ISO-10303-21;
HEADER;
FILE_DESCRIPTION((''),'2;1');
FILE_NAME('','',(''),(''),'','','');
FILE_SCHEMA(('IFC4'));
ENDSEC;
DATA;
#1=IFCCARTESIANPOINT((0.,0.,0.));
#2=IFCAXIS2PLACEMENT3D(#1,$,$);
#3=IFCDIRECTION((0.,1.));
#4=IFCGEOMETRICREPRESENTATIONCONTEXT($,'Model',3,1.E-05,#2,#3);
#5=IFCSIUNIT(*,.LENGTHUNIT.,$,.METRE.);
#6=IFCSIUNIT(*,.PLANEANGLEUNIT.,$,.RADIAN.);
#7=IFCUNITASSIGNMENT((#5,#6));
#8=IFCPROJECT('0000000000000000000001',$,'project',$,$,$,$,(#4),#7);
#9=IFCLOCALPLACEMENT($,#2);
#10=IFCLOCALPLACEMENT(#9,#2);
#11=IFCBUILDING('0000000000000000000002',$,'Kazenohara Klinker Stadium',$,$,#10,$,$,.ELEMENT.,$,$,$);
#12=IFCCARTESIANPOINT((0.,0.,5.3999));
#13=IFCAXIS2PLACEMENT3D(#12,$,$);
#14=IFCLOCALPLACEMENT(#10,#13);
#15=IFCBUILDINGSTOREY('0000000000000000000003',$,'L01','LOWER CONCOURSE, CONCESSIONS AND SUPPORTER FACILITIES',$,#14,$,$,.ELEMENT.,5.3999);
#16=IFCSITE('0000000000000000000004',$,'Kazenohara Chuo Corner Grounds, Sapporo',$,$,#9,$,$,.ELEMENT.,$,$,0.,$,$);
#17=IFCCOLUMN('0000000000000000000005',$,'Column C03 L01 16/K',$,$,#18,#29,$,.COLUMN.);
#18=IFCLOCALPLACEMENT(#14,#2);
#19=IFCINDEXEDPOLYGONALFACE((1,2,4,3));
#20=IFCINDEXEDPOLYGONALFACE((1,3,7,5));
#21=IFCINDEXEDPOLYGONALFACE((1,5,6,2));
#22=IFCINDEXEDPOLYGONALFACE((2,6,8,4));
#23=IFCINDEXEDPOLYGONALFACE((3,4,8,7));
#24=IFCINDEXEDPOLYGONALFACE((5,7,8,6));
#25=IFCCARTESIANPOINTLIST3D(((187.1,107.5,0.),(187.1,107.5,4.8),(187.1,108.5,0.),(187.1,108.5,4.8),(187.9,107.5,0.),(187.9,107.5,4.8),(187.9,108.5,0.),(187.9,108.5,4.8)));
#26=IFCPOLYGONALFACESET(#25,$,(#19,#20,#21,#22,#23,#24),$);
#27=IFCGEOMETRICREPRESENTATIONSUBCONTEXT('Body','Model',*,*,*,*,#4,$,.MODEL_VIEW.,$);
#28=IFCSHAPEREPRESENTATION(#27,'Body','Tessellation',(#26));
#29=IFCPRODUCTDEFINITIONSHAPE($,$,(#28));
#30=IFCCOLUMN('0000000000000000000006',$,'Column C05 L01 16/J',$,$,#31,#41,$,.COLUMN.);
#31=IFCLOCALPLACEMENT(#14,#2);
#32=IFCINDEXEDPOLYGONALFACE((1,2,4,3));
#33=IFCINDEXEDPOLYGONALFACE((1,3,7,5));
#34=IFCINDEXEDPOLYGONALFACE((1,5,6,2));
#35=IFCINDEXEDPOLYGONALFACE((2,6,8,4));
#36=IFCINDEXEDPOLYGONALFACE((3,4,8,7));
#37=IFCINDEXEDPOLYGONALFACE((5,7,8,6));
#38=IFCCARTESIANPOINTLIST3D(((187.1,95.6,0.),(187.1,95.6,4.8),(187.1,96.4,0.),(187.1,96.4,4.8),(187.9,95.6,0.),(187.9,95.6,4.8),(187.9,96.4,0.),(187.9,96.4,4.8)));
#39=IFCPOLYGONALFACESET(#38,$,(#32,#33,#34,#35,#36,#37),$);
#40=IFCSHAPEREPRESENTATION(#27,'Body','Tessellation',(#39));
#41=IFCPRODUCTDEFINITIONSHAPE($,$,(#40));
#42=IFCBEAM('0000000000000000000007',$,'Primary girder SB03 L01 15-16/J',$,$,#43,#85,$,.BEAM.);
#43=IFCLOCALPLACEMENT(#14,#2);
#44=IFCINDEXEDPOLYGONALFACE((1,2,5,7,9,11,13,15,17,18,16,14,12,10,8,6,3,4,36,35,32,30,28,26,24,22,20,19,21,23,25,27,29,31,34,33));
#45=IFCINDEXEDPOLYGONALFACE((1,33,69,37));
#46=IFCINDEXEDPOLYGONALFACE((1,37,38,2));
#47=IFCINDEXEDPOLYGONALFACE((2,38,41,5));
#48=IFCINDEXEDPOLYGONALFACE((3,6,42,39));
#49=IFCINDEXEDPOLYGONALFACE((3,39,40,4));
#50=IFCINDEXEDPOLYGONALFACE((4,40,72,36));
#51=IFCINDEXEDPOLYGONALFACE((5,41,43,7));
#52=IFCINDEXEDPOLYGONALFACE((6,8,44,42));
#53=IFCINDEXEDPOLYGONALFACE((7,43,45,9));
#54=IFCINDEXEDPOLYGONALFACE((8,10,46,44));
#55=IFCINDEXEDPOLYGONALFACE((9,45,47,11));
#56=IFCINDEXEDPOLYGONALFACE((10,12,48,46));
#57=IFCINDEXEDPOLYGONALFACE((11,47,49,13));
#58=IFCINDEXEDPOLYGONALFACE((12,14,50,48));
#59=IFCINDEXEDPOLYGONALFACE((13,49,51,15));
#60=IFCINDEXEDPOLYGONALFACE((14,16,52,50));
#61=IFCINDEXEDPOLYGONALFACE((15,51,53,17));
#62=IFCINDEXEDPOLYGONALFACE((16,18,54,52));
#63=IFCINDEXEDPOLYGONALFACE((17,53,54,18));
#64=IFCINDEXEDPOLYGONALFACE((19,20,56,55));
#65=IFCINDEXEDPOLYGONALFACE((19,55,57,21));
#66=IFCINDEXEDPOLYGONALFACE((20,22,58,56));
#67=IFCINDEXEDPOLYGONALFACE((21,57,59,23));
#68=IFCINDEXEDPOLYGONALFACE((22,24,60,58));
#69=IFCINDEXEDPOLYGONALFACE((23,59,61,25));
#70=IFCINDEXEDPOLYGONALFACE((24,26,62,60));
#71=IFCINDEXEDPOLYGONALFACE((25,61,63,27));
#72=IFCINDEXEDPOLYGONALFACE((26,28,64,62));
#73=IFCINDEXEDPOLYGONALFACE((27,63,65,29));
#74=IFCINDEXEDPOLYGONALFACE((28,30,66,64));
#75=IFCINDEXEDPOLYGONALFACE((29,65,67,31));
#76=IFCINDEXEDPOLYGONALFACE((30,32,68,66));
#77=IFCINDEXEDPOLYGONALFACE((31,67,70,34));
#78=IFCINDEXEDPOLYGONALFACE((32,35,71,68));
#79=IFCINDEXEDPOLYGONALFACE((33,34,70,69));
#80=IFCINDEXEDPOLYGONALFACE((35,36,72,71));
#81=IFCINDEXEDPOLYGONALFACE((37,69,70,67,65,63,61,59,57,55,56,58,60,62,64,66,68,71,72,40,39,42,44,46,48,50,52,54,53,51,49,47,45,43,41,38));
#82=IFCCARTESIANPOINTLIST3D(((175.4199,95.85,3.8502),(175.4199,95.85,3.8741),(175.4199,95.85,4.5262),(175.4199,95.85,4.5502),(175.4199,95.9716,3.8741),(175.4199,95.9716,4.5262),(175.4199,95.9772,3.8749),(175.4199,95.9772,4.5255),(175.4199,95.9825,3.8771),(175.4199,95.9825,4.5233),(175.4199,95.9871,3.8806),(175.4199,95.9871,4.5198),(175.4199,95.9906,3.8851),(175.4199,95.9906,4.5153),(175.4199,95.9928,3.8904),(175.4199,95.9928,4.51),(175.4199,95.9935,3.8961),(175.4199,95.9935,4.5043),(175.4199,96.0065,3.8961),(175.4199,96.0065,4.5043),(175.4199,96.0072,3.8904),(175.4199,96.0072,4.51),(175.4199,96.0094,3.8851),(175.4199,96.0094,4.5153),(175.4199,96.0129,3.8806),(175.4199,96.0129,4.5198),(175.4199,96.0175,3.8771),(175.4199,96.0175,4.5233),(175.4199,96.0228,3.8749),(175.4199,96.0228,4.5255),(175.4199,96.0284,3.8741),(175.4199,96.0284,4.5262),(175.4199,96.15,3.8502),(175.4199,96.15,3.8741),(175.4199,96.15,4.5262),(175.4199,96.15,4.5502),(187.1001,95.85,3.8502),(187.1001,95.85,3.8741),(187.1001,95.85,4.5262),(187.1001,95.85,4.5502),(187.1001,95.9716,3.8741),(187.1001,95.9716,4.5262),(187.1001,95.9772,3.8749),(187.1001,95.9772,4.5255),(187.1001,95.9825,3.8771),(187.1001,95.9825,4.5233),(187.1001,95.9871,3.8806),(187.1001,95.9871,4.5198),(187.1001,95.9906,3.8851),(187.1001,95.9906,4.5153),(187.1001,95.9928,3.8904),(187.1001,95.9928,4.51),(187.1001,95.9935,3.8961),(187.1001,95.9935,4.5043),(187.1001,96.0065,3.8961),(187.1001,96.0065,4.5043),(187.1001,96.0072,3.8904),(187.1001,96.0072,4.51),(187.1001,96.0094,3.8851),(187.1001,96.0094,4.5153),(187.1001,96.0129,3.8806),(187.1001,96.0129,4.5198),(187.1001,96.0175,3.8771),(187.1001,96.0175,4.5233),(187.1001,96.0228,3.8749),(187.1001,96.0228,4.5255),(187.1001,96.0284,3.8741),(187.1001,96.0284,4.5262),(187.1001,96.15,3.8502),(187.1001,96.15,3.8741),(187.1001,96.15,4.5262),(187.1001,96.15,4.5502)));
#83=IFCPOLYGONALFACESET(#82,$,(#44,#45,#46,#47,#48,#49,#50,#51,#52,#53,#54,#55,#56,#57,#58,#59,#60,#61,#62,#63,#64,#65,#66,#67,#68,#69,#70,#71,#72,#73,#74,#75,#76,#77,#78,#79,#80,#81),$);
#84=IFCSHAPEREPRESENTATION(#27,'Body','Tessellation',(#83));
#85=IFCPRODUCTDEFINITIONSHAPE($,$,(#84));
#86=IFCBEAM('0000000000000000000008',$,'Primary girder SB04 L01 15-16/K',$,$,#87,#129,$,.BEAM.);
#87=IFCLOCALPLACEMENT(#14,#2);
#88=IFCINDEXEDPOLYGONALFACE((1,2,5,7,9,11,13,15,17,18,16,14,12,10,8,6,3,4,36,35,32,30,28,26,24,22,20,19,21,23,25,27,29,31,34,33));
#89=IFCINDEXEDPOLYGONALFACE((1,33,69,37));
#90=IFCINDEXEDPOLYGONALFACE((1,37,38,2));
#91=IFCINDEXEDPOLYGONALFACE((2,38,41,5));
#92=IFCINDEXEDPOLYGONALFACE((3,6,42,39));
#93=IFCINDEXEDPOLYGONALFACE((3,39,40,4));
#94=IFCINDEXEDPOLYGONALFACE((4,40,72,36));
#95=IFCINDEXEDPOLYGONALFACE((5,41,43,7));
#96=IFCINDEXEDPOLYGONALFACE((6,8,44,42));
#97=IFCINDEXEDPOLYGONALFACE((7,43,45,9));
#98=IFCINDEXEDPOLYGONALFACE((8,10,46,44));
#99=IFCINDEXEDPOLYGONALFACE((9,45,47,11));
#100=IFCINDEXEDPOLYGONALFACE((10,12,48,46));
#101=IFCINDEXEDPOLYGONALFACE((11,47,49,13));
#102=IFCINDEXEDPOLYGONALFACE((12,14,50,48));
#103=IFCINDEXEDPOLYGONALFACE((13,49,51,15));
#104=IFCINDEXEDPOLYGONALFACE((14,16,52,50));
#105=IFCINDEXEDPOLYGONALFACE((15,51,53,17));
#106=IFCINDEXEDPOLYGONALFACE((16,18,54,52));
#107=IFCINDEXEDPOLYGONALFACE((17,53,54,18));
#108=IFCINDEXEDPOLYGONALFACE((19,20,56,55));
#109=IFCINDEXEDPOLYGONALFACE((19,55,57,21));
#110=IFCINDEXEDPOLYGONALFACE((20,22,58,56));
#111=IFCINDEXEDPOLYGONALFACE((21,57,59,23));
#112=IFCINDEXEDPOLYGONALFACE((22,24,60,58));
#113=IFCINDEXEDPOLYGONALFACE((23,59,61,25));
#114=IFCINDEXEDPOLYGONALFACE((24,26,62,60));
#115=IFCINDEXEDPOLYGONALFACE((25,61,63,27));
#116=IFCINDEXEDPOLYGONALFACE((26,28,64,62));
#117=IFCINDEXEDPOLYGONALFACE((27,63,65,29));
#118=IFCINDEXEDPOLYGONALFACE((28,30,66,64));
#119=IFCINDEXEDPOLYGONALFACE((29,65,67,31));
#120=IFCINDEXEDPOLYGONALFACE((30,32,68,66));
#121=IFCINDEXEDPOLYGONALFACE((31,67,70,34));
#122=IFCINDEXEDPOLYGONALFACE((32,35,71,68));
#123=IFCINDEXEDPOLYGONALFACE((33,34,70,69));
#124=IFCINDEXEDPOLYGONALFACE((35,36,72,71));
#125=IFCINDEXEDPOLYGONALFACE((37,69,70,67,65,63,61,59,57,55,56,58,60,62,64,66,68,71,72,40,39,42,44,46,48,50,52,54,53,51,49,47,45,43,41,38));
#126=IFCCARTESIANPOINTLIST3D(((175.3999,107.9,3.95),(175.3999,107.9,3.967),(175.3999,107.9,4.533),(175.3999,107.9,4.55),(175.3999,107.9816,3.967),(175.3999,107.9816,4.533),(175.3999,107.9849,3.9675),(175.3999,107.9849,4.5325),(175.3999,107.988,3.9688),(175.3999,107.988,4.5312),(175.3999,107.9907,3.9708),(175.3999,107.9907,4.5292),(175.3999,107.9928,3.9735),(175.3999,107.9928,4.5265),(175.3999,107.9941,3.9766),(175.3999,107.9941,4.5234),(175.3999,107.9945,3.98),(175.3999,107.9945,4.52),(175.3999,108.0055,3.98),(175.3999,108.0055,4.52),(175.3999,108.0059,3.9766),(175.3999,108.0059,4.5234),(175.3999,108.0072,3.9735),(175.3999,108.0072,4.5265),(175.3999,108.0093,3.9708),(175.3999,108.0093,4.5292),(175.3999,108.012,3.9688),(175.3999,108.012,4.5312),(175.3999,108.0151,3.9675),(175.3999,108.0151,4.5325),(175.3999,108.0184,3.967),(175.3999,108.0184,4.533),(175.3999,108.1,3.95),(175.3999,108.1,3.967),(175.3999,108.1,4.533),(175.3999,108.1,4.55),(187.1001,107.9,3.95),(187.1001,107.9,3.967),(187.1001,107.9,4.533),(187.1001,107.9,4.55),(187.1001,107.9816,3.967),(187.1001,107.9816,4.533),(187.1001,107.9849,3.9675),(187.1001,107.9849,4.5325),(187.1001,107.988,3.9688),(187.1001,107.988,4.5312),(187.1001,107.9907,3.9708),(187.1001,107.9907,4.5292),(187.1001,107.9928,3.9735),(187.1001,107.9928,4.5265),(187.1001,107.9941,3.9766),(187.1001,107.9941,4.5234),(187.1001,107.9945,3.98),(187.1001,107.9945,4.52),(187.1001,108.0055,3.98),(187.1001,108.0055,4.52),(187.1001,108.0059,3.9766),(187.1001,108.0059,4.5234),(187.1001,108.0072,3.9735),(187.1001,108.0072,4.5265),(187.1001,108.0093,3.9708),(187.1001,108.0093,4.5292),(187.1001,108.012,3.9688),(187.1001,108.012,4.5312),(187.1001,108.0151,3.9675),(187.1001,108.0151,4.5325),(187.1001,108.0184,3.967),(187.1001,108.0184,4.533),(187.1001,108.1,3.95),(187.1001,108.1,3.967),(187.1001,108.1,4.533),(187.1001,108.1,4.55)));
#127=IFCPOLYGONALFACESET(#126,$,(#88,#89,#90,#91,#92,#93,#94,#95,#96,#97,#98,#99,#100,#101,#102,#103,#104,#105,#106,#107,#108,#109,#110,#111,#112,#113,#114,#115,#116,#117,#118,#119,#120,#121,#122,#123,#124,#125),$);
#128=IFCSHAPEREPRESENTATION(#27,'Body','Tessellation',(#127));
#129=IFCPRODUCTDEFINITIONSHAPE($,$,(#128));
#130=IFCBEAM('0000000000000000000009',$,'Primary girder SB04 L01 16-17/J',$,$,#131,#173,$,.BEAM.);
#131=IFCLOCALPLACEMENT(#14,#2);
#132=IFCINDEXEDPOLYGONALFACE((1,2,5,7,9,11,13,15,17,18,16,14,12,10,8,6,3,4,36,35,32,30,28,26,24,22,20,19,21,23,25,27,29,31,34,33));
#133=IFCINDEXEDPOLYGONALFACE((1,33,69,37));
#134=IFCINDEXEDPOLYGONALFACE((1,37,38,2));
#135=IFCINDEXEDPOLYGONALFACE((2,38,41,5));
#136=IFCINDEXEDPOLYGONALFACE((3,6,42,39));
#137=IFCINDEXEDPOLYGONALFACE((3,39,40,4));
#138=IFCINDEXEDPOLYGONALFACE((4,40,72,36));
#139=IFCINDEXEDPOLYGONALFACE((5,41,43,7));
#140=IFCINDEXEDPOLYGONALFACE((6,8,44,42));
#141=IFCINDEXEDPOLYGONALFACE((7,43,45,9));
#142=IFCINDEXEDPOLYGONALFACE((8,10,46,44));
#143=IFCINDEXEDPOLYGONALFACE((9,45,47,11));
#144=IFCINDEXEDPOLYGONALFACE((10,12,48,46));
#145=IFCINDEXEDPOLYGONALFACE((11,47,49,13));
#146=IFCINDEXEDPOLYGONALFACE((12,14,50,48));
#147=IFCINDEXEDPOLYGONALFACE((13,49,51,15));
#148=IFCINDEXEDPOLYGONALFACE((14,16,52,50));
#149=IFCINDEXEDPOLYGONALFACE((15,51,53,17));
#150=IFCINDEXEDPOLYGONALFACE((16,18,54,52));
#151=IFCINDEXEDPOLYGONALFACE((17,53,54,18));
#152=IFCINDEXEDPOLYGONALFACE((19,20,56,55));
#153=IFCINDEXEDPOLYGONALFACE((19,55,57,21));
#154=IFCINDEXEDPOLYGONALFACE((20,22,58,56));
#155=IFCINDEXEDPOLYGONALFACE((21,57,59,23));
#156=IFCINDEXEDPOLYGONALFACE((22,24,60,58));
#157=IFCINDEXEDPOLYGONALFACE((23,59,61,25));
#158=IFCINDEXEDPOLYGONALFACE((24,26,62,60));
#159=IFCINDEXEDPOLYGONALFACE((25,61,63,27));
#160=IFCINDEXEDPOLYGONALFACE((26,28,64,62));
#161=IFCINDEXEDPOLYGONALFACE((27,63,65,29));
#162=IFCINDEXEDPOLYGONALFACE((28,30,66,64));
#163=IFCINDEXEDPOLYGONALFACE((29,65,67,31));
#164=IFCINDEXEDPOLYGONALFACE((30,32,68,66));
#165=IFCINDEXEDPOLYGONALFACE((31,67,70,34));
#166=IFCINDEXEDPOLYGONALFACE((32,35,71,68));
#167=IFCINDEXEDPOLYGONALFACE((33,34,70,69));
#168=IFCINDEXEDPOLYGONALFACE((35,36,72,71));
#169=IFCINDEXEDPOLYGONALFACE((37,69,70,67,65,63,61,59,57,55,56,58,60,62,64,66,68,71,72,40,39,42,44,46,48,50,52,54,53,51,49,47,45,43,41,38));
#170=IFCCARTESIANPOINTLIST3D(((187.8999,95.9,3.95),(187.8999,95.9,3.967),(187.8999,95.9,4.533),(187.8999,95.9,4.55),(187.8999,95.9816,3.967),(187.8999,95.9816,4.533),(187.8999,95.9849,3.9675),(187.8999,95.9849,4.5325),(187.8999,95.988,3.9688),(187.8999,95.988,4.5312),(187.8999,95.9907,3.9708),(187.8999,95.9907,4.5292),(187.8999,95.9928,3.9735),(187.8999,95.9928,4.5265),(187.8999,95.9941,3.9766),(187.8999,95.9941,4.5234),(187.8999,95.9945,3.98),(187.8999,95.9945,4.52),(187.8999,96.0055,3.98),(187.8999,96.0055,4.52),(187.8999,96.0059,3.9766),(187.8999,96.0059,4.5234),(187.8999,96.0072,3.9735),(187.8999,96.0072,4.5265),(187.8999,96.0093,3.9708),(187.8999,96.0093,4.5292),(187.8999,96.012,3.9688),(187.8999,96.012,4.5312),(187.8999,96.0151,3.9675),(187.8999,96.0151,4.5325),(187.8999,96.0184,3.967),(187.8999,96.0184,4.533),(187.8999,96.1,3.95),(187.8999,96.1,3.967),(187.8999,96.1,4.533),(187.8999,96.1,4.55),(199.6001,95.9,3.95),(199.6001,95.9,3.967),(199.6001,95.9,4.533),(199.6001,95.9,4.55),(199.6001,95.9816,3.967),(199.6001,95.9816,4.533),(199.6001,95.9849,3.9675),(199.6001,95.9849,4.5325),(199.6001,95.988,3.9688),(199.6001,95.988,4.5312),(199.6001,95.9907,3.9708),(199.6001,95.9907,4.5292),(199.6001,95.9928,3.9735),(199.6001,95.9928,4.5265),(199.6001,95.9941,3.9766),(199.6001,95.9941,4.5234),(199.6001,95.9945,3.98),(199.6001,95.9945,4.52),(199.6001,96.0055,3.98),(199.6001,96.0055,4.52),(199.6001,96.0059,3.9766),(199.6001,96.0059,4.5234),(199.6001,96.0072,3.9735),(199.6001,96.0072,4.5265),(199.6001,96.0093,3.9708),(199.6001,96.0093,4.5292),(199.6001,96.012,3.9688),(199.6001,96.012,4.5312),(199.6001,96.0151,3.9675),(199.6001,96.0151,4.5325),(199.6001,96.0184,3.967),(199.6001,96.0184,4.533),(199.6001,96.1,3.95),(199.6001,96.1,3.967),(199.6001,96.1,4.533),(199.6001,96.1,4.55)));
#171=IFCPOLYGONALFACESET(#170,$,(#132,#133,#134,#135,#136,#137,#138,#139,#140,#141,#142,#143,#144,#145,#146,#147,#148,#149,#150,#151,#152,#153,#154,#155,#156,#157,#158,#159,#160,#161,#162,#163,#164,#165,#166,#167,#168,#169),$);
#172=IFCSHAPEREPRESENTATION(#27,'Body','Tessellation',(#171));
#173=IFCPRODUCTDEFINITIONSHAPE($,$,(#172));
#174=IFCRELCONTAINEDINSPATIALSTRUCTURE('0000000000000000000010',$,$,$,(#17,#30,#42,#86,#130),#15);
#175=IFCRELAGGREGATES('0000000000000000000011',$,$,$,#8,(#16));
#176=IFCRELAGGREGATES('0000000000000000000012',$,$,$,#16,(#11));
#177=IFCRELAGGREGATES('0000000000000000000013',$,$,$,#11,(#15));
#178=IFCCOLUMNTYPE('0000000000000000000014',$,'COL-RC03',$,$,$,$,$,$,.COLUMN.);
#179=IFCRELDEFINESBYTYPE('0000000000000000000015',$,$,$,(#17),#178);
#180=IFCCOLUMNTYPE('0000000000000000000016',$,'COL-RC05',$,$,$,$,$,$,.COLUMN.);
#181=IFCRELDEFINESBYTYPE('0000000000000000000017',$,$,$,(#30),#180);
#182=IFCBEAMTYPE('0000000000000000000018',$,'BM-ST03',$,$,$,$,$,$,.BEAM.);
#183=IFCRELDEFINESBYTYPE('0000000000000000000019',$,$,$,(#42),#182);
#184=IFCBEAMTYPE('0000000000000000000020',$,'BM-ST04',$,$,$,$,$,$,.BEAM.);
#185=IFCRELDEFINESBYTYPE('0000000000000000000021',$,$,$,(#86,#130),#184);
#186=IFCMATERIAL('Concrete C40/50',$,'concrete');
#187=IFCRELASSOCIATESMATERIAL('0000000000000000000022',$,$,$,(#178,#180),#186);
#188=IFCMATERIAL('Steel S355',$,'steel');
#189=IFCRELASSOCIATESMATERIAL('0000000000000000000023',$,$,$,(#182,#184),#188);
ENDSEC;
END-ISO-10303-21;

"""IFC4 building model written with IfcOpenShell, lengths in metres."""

from ifc_helpers import new_model, si_unit, direction, frame, origin, origin_2d, place, context, subcontext, project, spatial, rectangle, i_section, extrude, material, material_profile, profile_set, type_object, element, save


model = new_model("IFC4")

# Units and contexts
model_context = context("Model", 3, precision=1e-05, world=origin(), true_north=direction((0.0, 1.0)))
body_context = subcontext(model_context, "Body", "Model", "MODEL_VIEW")
ifc_project = project(units=[si_unit("LENGTHUNIT", "METRE"), si_unit("PLANEANGLEUNIT", "RADIAN")], contexts=[model_context])

# Site, building, storey
site_placement = place(None, origin())
site = spatial("IfcSite", under=ifc_project, at=site_placement, Name="Kazenohara Chuo Corner Grounds, Sapporo", CompositionType="ELEMENT", RefElevation=0.0)
building_placement = place(site_placement, origin())
building = spatial("IfcBuilding", under=site, at=building_placement, Name="Kazenohara Klinker Stadium", CompositionType="ELEMENT")
storey_placement = place(building_placement, frame((0.0, 0.0, 5.3999)))
storey = spatial("IfcBuildingStorey", under=building, at=storey_placement, Name="L01", Description="LOWER CONCOURSE, CONCESSIONS AND SUPPORTER FACILITIES", CompositionType="ELEMENT", Elevation=5.3999)

# Columns
ifc_material_1 = material(Name="Concrete C40/50", Category="concrete")
ifc_material_profile_1 = material_profile(ifc_material_1, rectangle(XDim=0.8, YDim=1.0, at=origin_2d()), Name="RC-COL-1000x800")
ifc_profile_set_1 = profile_set([ifc_material_profile_1], Name="Concrete C40/50")
column_type_1 = type_object("IfcColumnType", Name="COL-RC03", PredefinedType="COLUMN", material=ifc_profile_set_1)
column_1_placement = place(storey_placement, frame((187.5, 108.0, 0.0), z_axis=(0.0, 0.0, 1.0), x_axis=(1.0, 0.0, 0.0)))
element("IfcColumn", 1, at=column_1_placement, inside=storey, type_object=column_type_1, Name="Column C03 L01 16/K", PredefinedType="COLUMN", context=body_context, shape_type="SweptSolid", body=[
    extrude(rectangle(XDim=0.8, YDim=1.0, at=origin_2d()), origin(), (0.0, 0.0, 1.0), 4.8),
])
ifc_material_profile_2 = material_profile(ifc_material_1, rectangle(XDim=0.8, YDim=0.8, at=origin_2d()), Name="RC-COL-800x800")
ifc_profile_set_2 = profile_set([ifc_material_profile_2], Name="Concrete C40/50")
column_type_2 = type_object("IfcColumnType", Name="COL-RC05", PredefinedType="COLUMN", material=ifc_profile_set_2)
column_2_placement = place(storey_placement, frame((187.5, 96.0, 0.0), z_axis=(0.0, 0.0, 1.0), x_axis=(1.0, 0.0, 0.0)))
element("IfcColumn", 2, at=column_2_placement, inside=storey, type_object=column_type_2, Name="Column C05 L01 16/J", PredefinedType="COLUMN", context=body_context, shape_type="SweptSolid", body=[
    extrude(rectangle(XDim=0.8, YDim=0.8, at=origin_2d()), origin(), (0.0, 0.0, 1.0), 4.8),
])

# Beams
ifc_material_2 = material(Name="Steel S355", Category="steel")
ifc_material_profile_3 = material_profile(ifc_material_2, i_section(OverallWidth=0.3, OverallDepth=0.7, WebThickness=0.0129, FlangeThickness=0.0239, FilletRadius=0.022, at=origin_2d()), Name="H-700x300x13x24")
ifc_profile_set_3 = profile_set([ifc_material_profile_3], Name="Steel S355")
beam_type_1 = type_object("IfcBeamType", Name="BM-ST03", PredefinedType="BEAM", material=ifc_profile_set_3)
beam_1_placement = place(storey_placement, frame((175.4199, 96.0, 4.2002), z_axis=(1.0, 0.0, 0.0), x_axis=(0.0, 1.0, 0.0)))
element("IfcBeam", 3, at=beam_1_placement, inside=storey, type_object=beam_type_1, Name="Primary girder SB03 L01 15-16/J", PredefinedType="BEAM", context=body_context, shape_type="SweptSolid", body=[
    extrude(i_section(OverallWidth=0.3, OverallDepth=0.7, WebThickness=0.0129, FlangeThickness=0.0239, FilletRadius=0.022, at=origin_2d()), origin(), (0.0, 0.0, 1.0), 11.6802),
])
ifc_material_profile_4 = material_profile(ifc_material_2, i_section(OverallWidth=0.2, OverallDepth=0.6001, WebThickness=0.011, FlangeThickness=0.0171, FilletRadius=0.0129, at=origin_2d()), Name="H-600x200x11x17")
ifc_profile_set_4 = profile_set([ifc_material_profile_4], Name="Steel S355")
beam_type_2 = type_object("IfcBeamType", Name="BM-ST04", PredefinedType="BEAM", material=ifc_profile_set_4)
for number, where, z_axis, x_axis, name in (
    (4, (175.3999, 108.0, 4.25), (1.0, 0.0, 0.0), (0.0, 1.0, 0.0), "Primary girder SB04 L01 15-16/K"),
    (5, (187.8999, 96.0, 4.25), (1.0, 0.0, 0.0), (0.0, 1.0, 0.0), "Primary girder SB04 L01 16-17/J"),
):
    element("IfcBeam", number, at=place(storey_placement, frame(where, z_axis=z_axis, x_axis=x_axis)), inside=storey, type_object=beam_type_2, Name=name, PredefinedType="BEAM", context=body_context, shape_type="SweptSolid", body=[
        extrude(i_section(OverallWidth=0.2, OverallDepth=0.6001, WebThickness=0.011, FlangeThickness=0.0171, FilletRadius=0.0129, at=origin_2d()), origin(), (0.0, 0.0, 1.0), 11.7002),
    ])

save(model, "model.ifc")
